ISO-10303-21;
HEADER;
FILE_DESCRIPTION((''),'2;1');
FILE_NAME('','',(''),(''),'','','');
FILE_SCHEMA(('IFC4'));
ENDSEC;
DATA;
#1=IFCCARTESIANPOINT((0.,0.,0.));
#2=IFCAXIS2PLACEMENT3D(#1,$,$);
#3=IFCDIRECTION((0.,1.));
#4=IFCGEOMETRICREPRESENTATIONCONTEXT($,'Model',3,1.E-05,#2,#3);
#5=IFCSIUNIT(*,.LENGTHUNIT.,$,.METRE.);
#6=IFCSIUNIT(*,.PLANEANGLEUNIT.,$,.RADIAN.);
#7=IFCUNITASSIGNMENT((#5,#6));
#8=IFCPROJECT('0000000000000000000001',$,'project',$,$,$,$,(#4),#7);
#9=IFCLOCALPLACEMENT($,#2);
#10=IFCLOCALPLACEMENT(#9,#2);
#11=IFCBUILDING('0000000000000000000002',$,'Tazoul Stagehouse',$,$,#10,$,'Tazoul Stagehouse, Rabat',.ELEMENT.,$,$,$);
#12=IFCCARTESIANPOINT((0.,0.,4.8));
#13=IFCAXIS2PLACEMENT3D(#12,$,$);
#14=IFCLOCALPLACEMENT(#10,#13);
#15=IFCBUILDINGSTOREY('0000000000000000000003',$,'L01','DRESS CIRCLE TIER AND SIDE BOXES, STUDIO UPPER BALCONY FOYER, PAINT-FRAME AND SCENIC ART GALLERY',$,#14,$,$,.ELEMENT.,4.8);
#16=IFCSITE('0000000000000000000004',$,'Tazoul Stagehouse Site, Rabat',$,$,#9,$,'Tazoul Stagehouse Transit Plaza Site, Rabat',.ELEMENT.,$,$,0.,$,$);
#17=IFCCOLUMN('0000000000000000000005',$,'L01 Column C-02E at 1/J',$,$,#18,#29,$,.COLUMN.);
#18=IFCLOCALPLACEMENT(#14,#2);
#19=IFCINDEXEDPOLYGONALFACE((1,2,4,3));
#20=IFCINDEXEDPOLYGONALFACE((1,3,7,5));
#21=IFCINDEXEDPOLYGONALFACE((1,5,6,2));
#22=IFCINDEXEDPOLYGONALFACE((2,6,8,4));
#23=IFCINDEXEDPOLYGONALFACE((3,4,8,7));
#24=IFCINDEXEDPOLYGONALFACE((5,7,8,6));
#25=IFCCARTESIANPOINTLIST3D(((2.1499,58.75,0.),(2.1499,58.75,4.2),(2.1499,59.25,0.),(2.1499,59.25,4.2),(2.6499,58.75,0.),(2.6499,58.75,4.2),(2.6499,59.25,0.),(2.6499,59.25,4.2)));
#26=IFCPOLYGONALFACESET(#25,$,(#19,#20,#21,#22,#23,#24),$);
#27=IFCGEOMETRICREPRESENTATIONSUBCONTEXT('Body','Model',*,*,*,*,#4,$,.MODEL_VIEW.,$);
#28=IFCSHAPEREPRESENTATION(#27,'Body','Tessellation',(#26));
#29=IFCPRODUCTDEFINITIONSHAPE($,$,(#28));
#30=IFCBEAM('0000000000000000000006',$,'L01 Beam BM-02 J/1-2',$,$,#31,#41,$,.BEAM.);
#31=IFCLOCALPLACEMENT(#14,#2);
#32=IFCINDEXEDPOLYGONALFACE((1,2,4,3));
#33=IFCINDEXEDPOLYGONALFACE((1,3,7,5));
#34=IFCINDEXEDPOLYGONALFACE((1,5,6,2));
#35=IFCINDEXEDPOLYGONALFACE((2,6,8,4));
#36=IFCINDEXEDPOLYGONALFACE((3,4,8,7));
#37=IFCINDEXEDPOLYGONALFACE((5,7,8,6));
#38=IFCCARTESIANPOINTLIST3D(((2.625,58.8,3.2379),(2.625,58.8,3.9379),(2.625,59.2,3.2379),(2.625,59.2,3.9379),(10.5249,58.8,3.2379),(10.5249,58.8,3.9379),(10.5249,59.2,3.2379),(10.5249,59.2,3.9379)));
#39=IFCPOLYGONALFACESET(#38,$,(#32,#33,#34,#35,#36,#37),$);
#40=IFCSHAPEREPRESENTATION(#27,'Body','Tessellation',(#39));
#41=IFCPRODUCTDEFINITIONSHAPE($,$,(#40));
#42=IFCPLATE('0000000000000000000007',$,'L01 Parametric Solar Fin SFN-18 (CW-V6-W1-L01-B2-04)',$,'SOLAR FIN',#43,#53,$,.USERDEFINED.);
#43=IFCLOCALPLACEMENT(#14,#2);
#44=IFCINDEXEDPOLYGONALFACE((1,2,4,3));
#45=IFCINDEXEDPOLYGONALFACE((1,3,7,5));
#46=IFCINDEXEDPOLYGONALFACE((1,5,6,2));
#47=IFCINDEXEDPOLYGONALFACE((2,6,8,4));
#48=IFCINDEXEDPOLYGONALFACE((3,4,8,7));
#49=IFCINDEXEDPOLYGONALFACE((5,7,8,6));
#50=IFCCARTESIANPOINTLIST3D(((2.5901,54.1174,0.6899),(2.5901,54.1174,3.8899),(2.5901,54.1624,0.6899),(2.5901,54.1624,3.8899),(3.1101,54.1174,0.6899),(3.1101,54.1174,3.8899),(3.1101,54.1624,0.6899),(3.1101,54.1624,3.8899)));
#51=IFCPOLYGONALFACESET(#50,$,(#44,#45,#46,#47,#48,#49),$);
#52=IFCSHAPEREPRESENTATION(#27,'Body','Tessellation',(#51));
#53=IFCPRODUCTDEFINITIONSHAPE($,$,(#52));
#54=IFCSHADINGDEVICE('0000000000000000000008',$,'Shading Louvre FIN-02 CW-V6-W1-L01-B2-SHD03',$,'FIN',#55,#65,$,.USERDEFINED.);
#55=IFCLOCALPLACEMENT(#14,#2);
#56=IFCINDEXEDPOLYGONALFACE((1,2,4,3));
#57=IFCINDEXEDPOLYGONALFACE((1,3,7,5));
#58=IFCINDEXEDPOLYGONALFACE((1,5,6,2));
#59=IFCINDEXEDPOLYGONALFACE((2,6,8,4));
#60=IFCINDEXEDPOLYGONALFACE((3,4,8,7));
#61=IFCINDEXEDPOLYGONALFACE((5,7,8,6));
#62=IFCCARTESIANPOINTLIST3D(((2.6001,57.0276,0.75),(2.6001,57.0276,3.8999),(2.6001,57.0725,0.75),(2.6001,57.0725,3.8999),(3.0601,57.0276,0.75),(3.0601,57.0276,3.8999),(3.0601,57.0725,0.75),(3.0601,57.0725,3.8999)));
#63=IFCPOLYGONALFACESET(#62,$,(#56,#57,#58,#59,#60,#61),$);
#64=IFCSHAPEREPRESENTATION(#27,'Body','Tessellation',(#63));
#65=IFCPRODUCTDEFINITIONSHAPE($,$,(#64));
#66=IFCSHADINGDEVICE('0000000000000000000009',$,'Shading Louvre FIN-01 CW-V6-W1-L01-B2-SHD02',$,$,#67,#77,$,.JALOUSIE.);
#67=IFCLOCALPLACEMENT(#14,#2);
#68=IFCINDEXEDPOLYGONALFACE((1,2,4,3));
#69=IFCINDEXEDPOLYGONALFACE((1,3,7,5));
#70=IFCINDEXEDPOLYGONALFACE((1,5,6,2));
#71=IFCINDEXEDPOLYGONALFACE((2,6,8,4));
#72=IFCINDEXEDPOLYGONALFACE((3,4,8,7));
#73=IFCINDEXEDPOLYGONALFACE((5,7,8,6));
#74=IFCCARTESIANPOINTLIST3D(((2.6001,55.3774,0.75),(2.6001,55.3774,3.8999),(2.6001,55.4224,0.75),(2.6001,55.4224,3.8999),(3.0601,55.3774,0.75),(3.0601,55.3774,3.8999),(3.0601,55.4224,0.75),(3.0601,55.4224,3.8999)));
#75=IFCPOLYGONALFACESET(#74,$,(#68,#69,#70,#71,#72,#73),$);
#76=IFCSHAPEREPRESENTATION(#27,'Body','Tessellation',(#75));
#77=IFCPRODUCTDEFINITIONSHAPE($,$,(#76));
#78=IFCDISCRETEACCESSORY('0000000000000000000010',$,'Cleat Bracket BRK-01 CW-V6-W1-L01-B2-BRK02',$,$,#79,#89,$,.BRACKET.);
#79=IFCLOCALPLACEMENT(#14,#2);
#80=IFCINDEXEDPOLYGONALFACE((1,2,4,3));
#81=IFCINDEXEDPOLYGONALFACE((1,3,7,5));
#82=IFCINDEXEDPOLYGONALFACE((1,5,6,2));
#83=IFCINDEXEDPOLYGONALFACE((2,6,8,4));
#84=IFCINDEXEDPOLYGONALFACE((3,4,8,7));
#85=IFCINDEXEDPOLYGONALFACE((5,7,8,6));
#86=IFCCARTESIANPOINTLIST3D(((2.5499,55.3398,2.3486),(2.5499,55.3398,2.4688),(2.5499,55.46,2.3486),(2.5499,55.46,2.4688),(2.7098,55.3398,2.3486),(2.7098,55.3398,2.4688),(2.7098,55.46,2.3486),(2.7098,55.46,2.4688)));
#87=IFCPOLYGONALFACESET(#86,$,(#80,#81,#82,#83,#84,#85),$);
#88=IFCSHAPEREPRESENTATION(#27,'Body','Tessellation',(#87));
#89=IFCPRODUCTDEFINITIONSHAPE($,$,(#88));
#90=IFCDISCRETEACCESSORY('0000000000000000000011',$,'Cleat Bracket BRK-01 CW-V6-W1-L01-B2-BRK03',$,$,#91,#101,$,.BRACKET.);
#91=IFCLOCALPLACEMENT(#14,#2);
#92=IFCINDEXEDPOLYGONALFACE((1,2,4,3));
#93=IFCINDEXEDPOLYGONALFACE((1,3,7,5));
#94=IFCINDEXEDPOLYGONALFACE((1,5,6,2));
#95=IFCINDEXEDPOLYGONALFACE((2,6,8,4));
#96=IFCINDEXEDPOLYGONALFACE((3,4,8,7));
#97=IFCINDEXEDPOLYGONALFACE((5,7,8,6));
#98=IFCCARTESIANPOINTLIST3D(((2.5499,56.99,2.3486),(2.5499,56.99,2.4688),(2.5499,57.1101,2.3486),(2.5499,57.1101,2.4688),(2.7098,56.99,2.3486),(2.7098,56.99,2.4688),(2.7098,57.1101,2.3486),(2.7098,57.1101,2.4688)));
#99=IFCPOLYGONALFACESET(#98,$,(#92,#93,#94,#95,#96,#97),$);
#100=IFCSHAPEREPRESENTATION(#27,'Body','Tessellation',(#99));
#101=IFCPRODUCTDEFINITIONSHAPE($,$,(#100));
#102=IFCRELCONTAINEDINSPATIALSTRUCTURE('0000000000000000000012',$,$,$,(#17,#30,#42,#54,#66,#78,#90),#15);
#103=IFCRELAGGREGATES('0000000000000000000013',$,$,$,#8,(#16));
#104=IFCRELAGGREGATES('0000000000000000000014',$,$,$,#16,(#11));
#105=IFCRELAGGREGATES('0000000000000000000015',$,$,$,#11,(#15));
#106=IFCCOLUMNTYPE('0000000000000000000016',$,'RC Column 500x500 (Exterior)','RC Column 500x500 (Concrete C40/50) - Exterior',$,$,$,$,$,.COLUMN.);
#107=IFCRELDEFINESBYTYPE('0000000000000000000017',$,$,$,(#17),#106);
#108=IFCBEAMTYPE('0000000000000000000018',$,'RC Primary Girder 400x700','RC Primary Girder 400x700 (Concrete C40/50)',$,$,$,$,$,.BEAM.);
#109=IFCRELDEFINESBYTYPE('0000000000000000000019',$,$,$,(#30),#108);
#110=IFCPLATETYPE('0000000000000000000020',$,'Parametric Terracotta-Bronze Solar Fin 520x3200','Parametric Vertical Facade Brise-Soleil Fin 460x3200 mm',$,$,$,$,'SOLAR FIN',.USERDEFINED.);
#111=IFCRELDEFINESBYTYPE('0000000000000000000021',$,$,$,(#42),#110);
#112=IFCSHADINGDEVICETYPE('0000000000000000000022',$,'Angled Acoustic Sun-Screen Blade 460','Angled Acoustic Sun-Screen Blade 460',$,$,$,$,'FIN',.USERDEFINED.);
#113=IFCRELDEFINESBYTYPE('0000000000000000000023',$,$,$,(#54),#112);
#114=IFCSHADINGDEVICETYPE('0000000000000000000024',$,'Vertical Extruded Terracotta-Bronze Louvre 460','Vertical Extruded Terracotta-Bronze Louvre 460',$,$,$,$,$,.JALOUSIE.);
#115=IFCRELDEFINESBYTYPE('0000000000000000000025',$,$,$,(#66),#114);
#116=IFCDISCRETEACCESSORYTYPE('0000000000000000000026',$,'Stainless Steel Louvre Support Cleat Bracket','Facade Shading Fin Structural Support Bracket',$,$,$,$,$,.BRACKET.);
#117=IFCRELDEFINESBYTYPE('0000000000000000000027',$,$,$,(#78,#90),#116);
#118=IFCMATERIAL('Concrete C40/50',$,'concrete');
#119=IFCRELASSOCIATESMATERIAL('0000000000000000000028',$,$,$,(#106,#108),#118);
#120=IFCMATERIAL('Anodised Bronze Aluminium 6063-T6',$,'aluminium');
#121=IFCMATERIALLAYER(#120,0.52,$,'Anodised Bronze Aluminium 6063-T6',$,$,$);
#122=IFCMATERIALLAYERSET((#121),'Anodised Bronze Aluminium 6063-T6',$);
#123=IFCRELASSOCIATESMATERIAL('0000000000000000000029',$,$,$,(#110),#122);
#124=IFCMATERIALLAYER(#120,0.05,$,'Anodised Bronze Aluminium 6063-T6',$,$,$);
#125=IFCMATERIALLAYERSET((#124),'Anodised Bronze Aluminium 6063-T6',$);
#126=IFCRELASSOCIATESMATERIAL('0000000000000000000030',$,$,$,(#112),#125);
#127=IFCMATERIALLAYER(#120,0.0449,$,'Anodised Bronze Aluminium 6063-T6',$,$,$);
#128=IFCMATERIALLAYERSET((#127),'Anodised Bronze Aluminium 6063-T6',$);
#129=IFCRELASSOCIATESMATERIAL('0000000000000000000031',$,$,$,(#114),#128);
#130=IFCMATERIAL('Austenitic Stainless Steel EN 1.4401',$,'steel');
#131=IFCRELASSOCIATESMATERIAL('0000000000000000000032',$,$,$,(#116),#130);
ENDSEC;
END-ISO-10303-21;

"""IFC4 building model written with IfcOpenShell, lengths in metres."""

from ifc_helpers import new_model, si_unit, direction, frame, origin, origin_2d, place, context, subcontext, project, spatial, rectangle, extrude, material, layer, layer_set, material_profile, profile_set, type_object, element, save


model = new_model("IFC4")

# Units and contexts
model_context = context("Model", 3, precision=1e-05, world=origin(), true_north=direction((0.0, 1.0)))
body_context = subcontext(model_context, "Body", "Model", "MODEL_VIEW")
ifc_project = project(units=[si_unit("LENGTHUNIT", "METRE"), si_unit("PLANEANGLEUNIT", "RADIAN")], contexts=[model_context])

# Site, building, storey
site_placement = place(None, origin())
site = spatial("IfcSite", under=ifc_project, at=site_placement, Name="Tazoul Stagehouse Site, Rabat", LongName="Tazoul Stagehouse Transit Plaza Site, Rabat", CompositionType="ELEMENT", RefElevation=0.0)
building_placement = place(site_placement, origin())
building = spatial("IfcBuilding", under=site, at=building_placement, Name="Tazoul Stagehouse", LongName="Tazoul Stagehouse, Rabat", CompositionType="ELEMENT")
storey_placement = place(building_placement, frame((0.0, 0.0, 4.8)))
storey = spatial("IfcBuildingStorey", under=building, at=storey_placement, Name="L01", Description="DRESS CIRCLE TIER AND SIDE BOXES, STUDIO UPPER BALCONY FOYER, PAINT-FRAME AND SCENIC ART GALLERY", CompositionType="ELEMENT", Elevation=4.8)

# Column
ifc_material_1 = material(Name="Concrete C40/50", Category="concrete")
ifc_material_profile_1 = material_profile(ifc_material_1, rectangle(XDim=0.5, YDim=0.5, at=origin_2d()), Name="RC 500x500")
ifc_profile_set_1 = profile_set([ifc_material_profile_1], Name="Concrete C40/50")
column_type = type_object("IfcColumnType", Name="RC Column 500x500 (Exterior)", Description="RC Column 500x500 (Concrete C40/50) - Exterior", PredefinedType="COLUMN", material=ifc_profile_set_1)
column_placement = place(storey_placement, frame((2.3999, 59.0, 0.0), z_axis=(0.0, 0.0, 1.0), x_axis=(1.0, 0.0, 0.0)))
element("IfcColumn", 1, at=column_placement, inside=storey, type_object=column_type, Name="L01 Column C-02E at 1/J", PredefinedType="COLUMN", context=body_context, shape_type="SweptSolid", body=[
    extrude(rectangle(XDim=0.5, YDim=0.5, at=origin_2d()), origin(), (0.0, 0.0, 1.0), 4.2),
])

# Beam
ifc_material_profile_2 = material_profile(ifc_material_1, rectangle(XDim=0.3999, YDim=0.7, at=origin_2d()), Name="RC 400x700")
ifc_profile_set_2 = profile_set([ifc_material_profile_2], Name="Concrete C40/50")
beam_type = type_object("IfcBeamType", Name="RC Primary Girder 400x700", Description="RC Primary Girder 400x700 (Concrete C40/50)", PredefinedType="BEAM", material=ifc_profile_set_2)
beam_placement = place(storey_placement, frame((2.625, 59.0, 3.5879), z_axis=(1.0, 0.0, 0.0), x_axis=(0.0, 1.0, 0.0)))
element("IfcBeam", 2, at=beam_placement, inside=storey, type_object=beam_type, Name="L01 Beam BM-02 J/1-2", PredefinedType="BEAM", context=body_context, shape_type="SweptSolid", body=[
    extrude(rectangle(XDim=0.3999, YDim=0.7, at=origin_2d()), origin(), (0.0, 0.0, 1.0), 7.8999),
])

# Plate
ifc_material_2 = material(Name="Anodised Bronze Aluminium 6063-T6", Category="aluminium")
ifc_layer_1 = layer(ifc_material_2, 0.52, Name="Anodised Bronze Aluminium 6063-T6")
ifc_layer_set_1 = layer_set([ifc_layer_1], Name="Anodised Bronze Aluminium 6063-T6")
plate_type = type_object("IfcPlateType", Name="Parametric Terracotta-Bronze Solar Fin 520x3200", Description="Parametric Vertical Facade Brise-Soleil Fin 460x3200 mm", ElementType="SOLAR FIN", PredefinedType="USERDEFINED", material=ifc_layer_set_1)
plate_placement = place(storey_placement, frame((2.8501, 54.1399, 0.6899), z_axis=(0.0, 0.0, 1.0), x_axis=(0.0, 1.0, 0.0)))
element("IfcPlate", 3, at=plate_placement, inside=storey, type_object=plate_type, Name="L01 Parametric Solar Fin SFN-18 (CW-V6-W1-L01-B2-04)", ObjectType="SOLAR FIN", PredefinedType="USERDEFINED", context=body_context, shape_type="SweptSolid", body=[
    extrude(rectangle(XDim=0.0449, YDim=0.52, at=origin_2d()), origin(), (0.0, 0.0, 1.0), 3.2),
])

# Shading devices
ifc_layer_2 = layer(ifc_material_2, 0.05, Name="Anodised Bronze Aluminium 6063-T6")
ifc_layer_set_2 = layer_set([ifc_layer_2], Name="Anodised Bronze Aluminium 6063-T6")
shading_device_type_1 = type_object("IfcShadingDeviceType", Name="Angled Acoustic Sun-Screen Blade 460", Description="Angled Acoustic Sun-Screen Blade 460", ElementType="FIN", PredefinedType="USERDEFINED", material=ifc_layer_set_2)
shading_device_1_placement = place(storey_placement, frame((2.8301, 57.05, 0.75), z_axis=(0.0, 0.0, 1.0), x_axis=(0.0, 1.0, 0.0)))
element("IfcShadingDevice", 4, at=shading_device_1_placement, inside=storey, type_object=shading_device_type_1, Name="Shading Louvre FIN-02 CW-V6-W1-L01-B2-SHD03", ObjectType="FIN", PredefinedType="USERDEFINED", context=body_context, shape_type="SweptSolid", body=[
    extrude(rectangle(XDim=0.0449, YDim=0.46, at=origin_2d()), origin(), (0.0, 0.0, 1.0), 3.1499),
])
ifc_layer_3 = layer(ifc_material_2, 0.0449, Name="Anodised Bronze Aluminium 6063-T6")
ifc_layer_set_3 = layer_set([ifc_layer_3], Name="Anodised Bronze Aluminium 6063-T6")
shading_device_type_2 = type_object("IfcShadingDeviceType", Name="Vertical Extruded Terracotta-Bronze Louvre 460", Description="Vertical Extruded Terracotta-Bronze Louvre 460", PredefinedType="JALOUSIE", material=ifc_layer_set_3)
shading_device_2_placement = place(storey_placement, frame((2.8301, 55.3999, 0.75), z_axis=(0.0, 0.0, 1.0), x_axis=(0.0, 1.0, 0.0)))
element("IfcShadingDevice", 5, at=shading_device_2_placement, inside=storey, type_object=shading_device_type_2, Name="Shading Louvre FIN-01 CW-V6-W1-L01-B2-SHD02", PredefinedType="JALOUSIE", context=body_context, shape_type="SweptSolid", body=[
    extrude(rectangle(XDim=0.0449, YDim=0.46, at=origin_2d()), origin(), (0.0, 0.0, 1.0), 3.1499),
])

# Discrete accessories
ifc_material_3 = material(Name="Austenitic Stainless Steel EN 1.4401", Category="steel")
discrete_accessory_type = type_object("IfcDiscreteAccessoryType", Name="Stainless Steel Louvre Support Cleat Bracket", Description="Facade Shading Fin Structural Support Bracket", PredefinedType="BRACKET", material=ifc_material_3)
for number, where, z_axis, x_axis, name in (
    (6, (2.6299, 55.3999, 2.3486), (0.0, 0.0, 1.0), (0.0, 1.0, 0.0), "Cleat Bracket BRK-01 CW-V6-W1-L01-B2-BRK02"),
    (7, (2.6299, 57.05, 2.3486), (0.0, 0.0, 1.0), (0.0, 1.0, 0.0), "Cleat Bracket BRK-01 CW-V6-W1-L01-B2-BRK03"),
):
    element("IfcDiscreteAccessory", number, at=place(storey_placement, frame(where, z_axis=z_axis, x_axis=x_axis)), inside=storey, type_object=discrete_accessory_type, Name=name, PredefinedType="BRACKET", context=body_context, shape_type="SweptSolid", body=[
        extrude(rectangle(XDim=0.1201, YDim=0.1599, at=origin_2d()), origin(), (0.0, 0.0, 1.0), 0.1201),
    ])

save(model, "model.ifc")
